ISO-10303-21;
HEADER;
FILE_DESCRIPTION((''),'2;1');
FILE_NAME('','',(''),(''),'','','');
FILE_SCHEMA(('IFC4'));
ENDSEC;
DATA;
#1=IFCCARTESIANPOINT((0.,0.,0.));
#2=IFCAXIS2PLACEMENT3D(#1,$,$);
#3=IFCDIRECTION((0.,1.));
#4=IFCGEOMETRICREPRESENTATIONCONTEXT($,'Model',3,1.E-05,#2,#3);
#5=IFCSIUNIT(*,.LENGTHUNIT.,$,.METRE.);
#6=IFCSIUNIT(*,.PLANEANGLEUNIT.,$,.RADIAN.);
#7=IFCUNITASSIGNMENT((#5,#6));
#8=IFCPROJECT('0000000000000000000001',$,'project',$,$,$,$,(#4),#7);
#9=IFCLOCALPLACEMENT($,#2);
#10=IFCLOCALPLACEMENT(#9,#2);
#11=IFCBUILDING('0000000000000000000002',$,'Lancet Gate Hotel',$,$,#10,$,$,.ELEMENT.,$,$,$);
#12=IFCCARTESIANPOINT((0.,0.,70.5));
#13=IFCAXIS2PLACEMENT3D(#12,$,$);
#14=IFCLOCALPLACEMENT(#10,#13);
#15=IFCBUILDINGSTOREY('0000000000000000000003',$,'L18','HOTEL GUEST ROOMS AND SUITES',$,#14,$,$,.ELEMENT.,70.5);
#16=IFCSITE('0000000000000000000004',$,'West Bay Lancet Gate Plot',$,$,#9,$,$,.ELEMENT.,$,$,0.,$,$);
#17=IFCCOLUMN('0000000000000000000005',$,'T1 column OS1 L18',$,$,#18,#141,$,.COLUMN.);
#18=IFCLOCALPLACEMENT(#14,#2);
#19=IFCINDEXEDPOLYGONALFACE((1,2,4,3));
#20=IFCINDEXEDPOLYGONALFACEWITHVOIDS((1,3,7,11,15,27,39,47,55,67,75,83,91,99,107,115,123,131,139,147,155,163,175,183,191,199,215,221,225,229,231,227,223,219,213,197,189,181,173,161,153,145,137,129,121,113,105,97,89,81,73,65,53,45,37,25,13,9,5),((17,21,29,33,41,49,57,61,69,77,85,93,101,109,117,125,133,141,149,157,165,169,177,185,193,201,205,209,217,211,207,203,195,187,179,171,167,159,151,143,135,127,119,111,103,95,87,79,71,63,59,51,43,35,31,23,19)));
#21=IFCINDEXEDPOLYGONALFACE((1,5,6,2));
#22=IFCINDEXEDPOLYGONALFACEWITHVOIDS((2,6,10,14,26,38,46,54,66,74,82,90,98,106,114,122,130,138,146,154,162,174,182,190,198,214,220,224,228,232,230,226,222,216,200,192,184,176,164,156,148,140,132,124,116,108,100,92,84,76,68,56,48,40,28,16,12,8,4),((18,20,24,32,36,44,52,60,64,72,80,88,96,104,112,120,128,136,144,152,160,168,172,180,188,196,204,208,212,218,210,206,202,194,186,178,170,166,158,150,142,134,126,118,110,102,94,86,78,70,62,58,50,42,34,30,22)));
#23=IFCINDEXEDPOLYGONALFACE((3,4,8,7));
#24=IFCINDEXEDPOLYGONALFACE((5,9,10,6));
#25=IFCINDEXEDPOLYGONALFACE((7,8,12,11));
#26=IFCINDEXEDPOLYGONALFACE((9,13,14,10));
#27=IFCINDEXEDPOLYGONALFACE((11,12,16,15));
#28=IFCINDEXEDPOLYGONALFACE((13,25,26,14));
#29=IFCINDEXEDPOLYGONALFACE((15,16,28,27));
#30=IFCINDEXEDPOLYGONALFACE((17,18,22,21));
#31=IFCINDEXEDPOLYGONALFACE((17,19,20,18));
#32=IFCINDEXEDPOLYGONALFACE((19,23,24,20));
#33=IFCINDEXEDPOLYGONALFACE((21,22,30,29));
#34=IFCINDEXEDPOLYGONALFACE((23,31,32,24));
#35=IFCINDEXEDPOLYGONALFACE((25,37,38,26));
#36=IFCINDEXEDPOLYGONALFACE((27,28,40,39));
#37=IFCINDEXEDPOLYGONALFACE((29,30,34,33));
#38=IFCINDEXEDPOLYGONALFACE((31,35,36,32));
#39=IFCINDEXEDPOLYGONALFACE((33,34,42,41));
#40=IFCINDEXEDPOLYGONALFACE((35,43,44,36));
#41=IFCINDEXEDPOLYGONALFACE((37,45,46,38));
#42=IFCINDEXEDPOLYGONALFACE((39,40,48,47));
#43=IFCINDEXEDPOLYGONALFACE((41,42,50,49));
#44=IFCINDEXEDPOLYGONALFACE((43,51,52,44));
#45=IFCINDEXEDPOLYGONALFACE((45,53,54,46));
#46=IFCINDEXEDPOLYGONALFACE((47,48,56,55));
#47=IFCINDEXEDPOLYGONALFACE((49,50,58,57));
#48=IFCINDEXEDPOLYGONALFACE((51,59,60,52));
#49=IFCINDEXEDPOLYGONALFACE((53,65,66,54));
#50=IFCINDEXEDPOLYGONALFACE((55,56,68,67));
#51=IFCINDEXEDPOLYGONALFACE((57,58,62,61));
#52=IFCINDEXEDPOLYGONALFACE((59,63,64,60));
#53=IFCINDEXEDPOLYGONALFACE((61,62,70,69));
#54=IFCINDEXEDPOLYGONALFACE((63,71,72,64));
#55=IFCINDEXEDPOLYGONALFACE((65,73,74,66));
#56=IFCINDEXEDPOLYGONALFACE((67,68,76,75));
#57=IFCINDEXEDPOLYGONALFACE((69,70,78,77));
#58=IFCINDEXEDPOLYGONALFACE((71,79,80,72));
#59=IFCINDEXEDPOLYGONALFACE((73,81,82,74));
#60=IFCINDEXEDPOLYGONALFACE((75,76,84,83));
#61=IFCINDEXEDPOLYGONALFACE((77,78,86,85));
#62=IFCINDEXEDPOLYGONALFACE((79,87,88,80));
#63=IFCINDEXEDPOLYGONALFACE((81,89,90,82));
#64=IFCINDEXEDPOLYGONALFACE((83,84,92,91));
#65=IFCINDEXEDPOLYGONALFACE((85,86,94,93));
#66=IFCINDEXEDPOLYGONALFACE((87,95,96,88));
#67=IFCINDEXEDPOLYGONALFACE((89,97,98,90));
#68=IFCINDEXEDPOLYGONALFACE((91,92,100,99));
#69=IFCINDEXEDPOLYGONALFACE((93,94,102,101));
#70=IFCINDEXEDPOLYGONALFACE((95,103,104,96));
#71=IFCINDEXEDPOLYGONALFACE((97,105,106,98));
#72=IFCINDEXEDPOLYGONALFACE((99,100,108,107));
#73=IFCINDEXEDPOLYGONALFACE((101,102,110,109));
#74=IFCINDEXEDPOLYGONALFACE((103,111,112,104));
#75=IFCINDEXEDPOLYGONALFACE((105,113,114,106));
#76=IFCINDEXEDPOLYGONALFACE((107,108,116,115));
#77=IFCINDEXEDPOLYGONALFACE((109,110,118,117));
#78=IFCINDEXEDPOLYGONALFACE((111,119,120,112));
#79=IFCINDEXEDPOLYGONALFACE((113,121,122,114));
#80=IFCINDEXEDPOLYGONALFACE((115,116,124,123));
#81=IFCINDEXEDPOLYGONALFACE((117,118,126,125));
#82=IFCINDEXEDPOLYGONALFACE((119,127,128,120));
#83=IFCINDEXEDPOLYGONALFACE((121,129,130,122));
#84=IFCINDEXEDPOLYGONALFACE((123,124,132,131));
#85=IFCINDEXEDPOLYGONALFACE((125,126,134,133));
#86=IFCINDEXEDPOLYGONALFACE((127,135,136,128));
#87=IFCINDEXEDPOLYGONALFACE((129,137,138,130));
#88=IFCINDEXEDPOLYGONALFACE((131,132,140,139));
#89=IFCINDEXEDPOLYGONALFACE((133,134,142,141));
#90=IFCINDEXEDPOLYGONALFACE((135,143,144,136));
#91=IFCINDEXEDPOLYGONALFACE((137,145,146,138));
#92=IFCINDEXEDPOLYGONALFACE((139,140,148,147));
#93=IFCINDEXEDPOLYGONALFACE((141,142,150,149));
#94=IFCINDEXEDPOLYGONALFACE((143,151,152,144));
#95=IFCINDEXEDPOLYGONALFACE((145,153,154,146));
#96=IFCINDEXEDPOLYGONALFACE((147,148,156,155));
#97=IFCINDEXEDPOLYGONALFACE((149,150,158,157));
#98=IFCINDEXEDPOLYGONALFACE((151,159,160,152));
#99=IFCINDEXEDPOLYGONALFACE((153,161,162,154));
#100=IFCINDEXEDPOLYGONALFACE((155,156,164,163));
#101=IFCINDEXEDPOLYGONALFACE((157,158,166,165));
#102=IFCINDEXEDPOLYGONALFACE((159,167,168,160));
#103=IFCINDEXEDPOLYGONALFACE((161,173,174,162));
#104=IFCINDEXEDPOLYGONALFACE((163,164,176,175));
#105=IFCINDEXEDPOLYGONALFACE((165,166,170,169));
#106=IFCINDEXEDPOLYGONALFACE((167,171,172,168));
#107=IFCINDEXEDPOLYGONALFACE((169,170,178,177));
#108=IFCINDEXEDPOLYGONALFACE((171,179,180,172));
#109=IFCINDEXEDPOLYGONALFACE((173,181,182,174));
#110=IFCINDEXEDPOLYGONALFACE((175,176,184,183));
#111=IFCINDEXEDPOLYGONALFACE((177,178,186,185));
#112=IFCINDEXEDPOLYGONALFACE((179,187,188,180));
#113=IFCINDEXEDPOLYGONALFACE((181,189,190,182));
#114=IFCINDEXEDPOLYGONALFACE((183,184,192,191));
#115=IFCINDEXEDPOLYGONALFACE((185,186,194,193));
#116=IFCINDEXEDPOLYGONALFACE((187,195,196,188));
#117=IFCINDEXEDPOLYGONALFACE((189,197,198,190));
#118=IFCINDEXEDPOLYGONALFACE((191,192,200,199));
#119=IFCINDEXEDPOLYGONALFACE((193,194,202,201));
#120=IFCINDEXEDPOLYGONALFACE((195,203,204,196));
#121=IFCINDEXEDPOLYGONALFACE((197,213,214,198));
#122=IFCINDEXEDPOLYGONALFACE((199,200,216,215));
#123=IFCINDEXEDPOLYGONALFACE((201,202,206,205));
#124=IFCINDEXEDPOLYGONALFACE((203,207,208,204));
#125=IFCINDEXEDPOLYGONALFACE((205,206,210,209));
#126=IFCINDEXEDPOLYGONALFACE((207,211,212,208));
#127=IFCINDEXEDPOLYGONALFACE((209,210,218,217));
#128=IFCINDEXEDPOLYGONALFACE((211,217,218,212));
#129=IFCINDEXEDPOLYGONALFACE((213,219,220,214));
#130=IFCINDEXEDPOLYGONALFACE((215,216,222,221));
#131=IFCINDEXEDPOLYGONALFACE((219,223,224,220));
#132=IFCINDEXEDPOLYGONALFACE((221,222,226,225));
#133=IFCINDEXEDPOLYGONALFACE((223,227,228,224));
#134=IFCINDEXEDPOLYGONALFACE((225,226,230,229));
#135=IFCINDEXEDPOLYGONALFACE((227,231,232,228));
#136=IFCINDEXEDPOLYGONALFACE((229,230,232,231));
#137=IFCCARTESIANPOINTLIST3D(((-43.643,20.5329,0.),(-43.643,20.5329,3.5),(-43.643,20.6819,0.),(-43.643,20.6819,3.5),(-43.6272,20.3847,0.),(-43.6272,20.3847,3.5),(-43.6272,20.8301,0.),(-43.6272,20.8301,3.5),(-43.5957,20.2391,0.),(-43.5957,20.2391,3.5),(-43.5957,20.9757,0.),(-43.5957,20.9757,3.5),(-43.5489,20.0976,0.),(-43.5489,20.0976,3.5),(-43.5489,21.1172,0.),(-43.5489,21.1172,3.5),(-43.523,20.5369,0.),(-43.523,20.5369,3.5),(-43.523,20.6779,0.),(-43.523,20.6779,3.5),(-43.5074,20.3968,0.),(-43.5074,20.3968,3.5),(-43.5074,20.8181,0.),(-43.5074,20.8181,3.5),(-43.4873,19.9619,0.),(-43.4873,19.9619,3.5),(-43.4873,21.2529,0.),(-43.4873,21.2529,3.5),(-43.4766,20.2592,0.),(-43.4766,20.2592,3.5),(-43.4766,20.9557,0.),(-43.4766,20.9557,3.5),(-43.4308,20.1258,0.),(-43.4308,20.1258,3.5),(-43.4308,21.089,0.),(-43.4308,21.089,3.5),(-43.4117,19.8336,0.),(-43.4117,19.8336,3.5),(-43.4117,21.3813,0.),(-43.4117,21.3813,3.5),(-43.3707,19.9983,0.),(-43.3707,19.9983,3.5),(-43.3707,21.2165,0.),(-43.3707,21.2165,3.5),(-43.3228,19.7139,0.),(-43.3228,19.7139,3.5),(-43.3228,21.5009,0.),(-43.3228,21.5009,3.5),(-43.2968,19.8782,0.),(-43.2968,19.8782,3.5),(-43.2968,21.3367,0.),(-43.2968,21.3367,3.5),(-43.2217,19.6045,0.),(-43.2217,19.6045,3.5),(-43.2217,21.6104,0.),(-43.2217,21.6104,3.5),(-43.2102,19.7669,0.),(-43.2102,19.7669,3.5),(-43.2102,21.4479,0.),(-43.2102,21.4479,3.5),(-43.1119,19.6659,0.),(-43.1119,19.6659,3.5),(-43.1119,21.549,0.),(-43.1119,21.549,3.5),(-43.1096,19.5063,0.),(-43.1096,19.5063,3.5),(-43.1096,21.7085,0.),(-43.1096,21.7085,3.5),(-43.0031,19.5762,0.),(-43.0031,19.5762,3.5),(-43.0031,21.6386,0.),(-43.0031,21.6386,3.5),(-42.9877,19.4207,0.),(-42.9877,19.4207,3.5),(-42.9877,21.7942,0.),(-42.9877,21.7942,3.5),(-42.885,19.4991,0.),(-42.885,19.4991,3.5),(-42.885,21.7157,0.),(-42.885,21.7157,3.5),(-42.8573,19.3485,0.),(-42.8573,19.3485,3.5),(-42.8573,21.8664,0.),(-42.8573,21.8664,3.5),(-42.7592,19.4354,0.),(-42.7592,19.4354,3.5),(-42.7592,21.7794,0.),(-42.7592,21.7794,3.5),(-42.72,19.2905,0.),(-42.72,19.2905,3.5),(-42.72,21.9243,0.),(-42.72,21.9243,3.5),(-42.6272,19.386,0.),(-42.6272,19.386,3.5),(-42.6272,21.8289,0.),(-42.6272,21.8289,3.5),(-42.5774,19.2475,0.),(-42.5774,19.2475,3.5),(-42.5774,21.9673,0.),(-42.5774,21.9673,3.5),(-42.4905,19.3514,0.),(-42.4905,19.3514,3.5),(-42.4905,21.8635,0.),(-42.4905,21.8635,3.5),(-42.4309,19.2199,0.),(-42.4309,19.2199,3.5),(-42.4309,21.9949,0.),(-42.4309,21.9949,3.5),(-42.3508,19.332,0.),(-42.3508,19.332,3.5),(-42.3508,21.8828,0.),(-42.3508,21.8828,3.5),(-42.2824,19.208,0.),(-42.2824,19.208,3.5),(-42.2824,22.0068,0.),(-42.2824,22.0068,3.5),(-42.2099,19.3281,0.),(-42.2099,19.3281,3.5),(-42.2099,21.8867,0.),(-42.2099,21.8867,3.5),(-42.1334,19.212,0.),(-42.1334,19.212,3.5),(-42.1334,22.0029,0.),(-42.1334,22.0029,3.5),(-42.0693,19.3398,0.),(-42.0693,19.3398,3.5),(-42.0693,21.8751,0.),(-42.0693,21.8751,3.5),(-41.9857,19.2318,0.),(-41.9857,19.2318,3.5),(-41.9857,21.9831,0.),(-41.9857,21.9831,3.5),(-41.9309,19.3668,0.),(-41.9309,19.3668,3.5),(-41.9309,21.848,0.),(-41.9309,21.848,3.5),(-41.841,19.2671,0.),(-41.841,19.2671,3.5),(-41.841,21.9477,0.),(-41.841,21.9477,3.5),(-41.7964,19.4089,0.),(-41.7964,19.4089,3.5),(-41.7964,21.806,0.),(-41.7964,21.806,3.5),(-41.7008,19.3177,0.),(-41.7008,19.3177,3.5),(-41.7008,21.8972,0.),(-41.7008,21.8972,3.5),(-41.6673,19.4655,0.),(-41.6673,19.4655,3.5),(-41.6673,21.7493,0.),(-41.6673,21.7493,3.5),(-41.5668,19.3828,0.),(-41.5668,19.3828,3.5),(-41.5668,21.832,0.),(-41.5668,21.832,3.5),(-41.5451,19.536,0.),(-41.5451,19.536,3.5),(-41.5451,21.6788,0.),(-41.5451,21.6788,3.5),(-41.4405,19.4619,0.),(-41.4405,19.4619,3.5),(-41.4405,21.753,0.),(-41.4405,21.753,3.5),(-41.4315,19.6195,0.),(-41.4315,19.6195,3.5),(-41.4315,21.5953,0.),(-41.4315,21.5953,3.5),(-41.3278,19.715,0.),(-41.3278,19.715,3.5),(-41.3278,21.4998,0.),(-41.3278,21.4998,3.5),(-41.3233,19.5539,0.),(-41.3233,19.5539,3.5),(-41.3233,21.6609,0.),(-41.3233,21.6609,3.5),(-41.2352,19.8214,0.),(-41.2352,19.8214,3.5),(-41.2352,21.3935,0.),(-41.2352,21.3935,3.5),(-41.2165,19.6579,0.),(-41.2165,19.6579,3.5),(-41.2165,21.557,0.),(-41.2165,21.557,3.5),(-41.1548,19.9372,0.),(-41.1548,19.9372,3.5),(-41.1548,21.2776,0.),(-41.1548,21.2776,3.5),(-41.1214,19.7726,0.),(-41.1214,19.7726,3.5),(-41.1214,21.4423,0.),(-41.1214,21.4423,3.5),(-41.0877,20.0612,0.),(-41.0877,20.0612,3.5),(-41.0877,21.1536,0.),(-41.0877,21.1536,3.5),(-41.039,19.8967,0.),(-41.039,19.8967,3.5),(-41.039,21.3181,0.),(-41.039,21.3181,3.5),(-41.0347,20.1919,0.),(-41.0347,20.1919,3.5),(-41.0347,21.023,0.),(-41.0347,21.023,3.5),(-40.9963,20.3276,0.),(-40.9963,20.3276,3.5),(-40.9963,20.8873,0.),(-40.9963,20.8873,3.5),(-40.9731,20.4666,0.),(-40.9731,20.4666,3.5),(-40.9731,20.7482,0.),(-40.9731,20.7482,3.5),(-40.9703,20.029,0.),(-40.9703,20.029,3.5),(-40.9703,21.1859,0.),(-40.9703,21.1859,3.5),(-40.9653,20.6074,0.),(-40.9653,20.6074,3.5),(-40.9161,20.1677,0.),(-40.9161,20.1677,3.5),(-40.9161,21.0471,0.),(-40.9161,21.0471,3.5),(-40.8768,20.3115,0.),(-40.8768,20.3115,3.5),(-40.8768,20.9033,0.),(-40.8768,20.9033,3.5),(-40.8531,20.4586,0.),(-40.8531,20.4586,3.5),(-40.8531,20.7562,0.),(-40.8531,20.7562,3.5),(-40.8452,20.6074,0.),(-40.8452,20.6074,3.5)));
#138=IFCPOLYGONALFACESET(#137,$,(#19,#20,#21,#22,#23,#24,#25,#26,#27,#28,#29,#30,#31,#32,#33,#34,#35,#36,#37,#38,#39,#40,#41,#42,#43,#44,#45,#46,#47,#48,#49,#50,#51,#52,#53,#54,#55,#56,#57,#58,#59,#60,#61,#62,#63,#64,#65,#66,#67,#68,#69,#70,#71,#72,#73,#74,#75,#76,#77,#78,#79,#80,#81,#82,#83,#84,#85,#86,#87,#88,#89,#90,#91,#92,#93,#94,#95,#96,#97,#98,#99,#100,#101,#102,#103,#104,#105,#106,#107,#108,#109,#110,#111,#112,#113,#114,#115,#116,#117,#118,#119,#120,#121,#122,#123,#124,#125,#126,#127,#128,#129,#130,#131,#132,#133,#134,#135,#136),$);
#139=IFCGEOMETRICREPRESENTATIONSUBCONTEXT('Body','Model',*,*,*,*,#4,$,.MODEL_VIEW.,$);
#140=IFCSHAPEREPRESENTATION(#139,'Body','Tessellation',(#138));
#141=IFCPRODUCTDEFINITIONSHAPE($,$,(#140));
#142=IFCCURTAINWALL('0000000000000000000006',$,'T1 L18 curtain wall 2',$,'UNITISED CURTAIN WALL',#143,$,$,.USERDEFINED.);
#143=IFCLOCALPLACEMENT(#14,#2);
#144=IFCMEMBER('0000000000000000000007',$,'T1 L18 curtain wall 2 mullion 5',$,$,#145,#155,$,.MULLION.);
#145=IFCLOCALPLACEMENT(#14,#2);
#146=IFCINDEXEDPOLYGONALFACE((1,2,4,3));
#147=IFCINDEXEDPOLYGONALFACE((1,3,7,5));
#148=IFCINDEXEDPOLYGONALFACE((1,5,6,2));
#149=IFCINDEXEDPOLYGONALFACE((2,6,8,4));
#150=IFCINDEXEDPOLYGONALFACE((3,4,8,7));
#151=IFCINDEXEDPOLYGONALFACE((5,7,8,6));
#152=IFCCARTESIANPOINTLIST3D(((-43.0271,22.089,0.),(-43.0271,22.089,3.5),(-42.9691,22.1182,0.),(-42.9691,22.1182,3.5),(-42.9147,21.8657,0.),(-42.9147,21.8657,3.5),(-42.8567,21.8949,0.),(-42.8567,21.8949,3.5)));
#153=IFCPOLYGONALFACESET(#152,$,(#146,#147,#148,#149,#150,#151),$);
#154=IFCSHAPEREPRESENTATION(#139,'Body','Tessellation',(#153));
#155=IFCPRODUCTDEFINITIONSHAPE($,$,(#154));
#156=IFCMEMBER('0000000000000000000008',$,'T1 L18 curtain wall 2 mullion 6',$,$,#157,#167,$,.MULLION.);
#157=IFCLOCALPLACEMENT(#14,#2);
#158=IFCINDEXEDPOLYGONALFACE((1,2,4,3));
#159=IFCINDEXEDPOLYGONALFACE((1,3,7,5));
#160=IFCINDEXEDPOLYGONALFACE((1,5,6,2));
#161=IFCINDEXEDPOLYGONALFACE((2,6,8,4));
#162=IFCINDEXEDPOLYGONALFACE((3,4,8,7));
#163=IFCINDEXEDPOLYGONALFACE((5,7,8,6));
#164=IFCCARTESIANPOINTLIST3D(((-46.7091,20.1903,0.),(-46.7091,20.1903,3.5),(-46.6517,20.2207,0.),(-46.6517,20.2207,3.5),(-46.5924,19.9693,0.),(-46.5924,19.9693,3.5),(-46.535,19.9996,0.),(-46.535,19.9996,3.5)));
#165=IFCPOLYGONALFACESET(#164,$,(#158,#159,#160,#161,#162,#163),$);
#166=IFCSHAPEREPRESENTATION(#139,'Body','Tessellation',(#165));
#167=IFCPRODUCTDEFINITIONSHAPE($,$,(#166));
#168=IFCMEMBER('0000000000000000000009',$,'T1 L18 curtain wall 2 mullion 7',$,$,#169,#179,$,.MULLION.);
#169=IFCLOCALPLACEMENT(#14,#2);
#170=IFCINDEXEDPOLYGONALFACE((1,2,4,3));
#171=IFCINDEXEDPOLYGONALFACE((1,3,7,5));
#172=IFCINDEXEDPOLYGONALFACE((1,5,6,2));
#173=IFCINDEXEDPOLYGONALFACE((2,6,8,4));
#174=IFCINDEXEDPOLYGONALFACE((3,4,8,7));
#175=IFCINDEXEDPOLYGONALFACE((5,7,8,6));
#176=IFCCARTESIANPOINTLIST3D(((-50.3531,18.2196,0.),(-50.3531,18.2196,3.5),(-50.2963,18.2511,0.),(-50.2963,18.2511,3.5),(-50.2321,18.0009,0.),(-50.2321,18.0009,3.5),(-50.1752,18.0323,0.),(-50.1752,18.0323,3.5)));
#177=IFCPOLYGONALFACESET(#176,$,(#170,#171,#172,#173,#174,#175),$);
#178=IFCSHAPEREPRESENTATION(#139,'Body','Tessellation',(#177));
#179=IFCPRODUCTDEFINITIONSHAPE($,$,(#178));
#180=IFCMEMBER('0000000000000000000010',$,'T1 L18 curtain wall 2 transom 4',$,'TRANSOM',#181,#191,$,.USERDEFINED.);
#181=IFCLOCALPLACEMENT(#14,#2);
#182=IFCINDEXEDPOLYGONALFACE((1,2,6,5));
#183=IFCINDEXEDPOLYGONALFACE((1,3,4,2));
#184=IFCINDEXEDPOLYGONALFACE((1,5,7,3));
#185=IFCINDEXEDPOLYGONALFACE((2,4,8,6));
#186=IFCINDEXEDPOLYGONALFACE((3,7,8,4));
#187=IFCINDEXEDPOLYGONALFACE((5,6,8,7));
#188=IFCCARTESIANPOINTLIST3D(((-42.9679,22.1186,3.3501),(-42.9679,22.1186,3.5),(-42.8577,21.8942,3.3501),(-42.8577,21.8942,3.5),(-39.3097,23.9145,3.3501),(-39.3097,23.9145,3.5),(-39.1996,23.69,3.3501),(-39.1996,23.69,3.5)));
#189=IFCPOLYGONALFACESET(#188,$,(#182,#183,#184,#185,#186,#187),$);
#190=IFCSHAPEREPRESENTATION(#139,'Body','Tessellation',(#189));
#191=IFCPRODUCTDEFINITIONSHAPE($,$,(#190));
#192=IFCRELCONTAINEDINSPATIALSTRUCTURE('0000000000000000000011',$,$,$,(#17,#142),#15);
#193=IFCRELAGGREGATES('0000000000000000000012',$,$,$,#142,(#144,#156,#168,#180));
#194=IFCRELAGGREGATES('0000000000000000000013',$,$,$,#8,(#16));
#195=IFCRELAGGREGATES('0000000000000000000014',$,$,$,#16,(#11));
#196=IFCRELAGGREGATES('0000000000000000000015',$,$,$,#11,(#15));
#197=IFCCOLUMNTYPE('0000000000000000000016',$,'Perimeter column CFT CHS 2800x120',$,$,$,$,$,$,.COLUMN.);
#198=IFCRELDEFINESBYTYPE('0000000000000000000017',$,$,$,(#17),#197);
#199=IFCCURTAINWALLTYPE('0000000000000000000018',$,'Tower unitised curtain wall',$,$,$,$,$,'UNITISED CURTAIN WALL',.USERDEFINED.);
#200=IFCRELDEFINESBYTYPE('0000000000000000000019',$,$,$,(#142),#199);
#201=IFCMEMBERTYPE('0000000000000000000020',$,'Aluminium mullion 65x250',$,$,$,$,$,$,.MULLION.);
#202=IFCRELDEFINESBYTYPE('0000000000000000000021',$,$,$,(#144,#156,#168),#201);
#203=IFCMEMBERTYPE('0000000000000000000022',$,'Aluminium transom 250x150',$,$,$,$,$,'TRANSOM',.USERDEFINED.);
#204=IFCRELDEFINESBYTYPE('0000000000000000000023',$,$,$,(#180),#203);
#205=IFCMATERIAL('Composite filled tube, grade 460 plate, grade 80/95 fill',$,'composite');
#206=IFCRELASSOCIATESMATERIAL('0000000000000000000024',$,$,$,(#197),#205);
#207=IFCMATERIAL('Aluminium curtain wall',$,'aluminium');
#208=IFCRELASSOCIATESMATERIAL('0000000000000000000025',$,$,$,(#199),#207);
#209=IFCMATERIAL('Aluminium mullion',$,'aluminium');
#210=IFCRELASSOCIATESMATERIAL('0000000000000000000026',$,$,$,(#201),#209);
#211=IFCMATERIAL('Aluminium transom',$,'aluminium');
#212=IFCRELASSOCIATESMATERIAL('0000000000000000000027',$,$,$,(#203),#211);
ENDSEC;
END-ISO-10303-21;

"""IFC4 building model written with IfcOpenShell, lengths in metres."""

from ifc_helpers import new_model, si_unit, direction, frame, origin, origin_2d, place, context, subcontext, project, spatial, rectangle, hollow_circle, extrude, material, material_profile, profile_set, type_object, element, aggregate, save


model = new_model("IFC4")

# Units and contexts
model_context = context("Model", 3, precision=1e-05, world=origin(), true_north=direction((0.0, 1.0)))
body_context = subcontext(model_context, "Body", "Model", "MODEL_VIEW")
ifc_project = project(units=[si_unit("LENGTHUNIT", "METRE"), si_unit("PLANEANGLEUNIT", "RADIAN")], contexts=[model_context])

# Site, building, storey
site_placement = place(None, origin())
site = spatial("IfcSite", under=ifc_project, at=site_placement, Name="West Bay Lancet Gate Plot", CompositionType="ELEMENT", RefElevation=0.0)
building_placement = place(site_placement, origin())
building = spatial("IfcBuilding", under=site, at=building_placement, Name="Lancet Gate Hotel", CompositionType="ELEMENT")
storey_placement = place(building_placement, frame((0.0, 0.0, 70.5)))
storey = spatial("IfcBuildingStorey", under=building, at=storey_placement, Name="L18", Description="HOTEL GUEST ROOMS AND SUITES", CompositionType="ELEMENT", Elevation=70.5)

# Column
ifc_material_1 = material(Name="Composite filled tube, grade 460 plate, grade 80/95 fill", Category="composite")
ifc_material_profile_1 = material_profile(ifc_material_1, hollow_circle(Radius=1.3999, WallThickness=0.1201, at=origin_2d()), Name="CHS 2800x120")
ifc_profile_set_1 = profile_set([ifc_material_profile_1], Name="Composite filled tube, grade 460 plate, grade 80/95 fill")
column_type = type_object("IfcColumnType", Name="Perimeter column CFT CHS 2800x120", PredefinedType="COLUMN", material=ifc_profile_set_1)
column_placement = place(storey_placement, frame((-42.2451, 20.6074, 0.0), z_axis=(0.0, 0.0, 1.0), x_axis=(1.0, 0.0, 0.0)))
element("IfcColumn", 1, at=column_placement, inside=storey, type_object=column_type, Name="T1 column OS1 L18", PredefinedType="COLUMN", context=body_context, shape_type="SweptSolid", body=[
    extrude(hollow_circle(Radius=1.3999, WallThickness=0.1201, at=origin_2d()), origin(), (0.0, 0.0, 1.0), 3.5),
])

# Curtain wall, members
ifc_material_2 = material(Name="Aluminium curtain wall", Category="aluminium")
curtain_wall_type = type_object("IfcCurtainWallType", Name="Tower unitised curtain wall", ElementType="UNITISED CURTAIN WALL", PredefinedType="USERDEFINED", material=ifc_material_2)
curtain_wall_placement = place(storey_placement, origin())
curtain_wall = element("IfcCurtainWall", 2, at=curtain_wall_placement, inside=storey, type_object=curtain_wall_type, Name="T1 L18 curtain wall 2", ObjectType="UNITISED CURTAIN WALL", PredefinedType="USERDEFINED")
ifc_material_3 = material(Name="Aluminium mullion", Category="aluminium")
ifc_material_profile_2 = material_profile(ifc_material_3, rectangle(XDim=0.0649, YDim=0.25, at=origin_2d()), Name="MULLION 65x250")
ifc_profile_set_2 = profile_set([ifc_material_profile_2], Name="Aluminium mullion")
member_type_1 = type_object("IfcMemberType", Name="Aluminium mullion 65x250", PredefinedType="MULLION", material=ifc_profile_set_2)
member_1_placement = place(storey_placement, frame((-42.9419, 21.9919, 0.0), z_axis=(0.0, 0.0, 1.0), x_axis=(-0.893292, -0.449478, 0.0)))
member_1 = element("IfcMember", 3, at=member_1_placement, type_object=member_type_1, Name="T1 L18 curtain wall 2 mullion 5", PredefinedType="MULLION", context=body_context, shape_type="SweptSolid", body=[
    extrude(rectangle(XDim=0.0649, YDim=0.25, at=origin_2d()), origin(), (0.0, 0.0, 1.0), 3.5),
])
member_2_placement = place(storey_placement, frame((-46.6221, 20.095, 0.0), z_axis=(0.0, 0.0, 1.0), x_axis=(-0.884311, -0.466898, 0.0)))
member_2 = element("IfcMember", 4, at=member_2_placement, type_object=member_type_1, Name="T1 L18 curtain wall 2 mullion 6", PredefinedType="MULLION", context=body_context, shape_type="SweptSolid", body=[
    extrude(rectangle(XDim=0.0649, YDim=0.25, at=origin_2d()), origin(), (0.0, 0.0, 1.0), 3.5),
])
member_3_placement = place(storey_placement, frame((-50.2642, 18.126, 0.0), z_axis=(0.0, 0.0, 1.0), x_axis=(-0.874991, -0.484139, 0.0)))
member_3 = element("IfcMember", 5, at=member_3_placement, type_object=member_type_1, Name="T1 L18 curtain wall 2 mullion 7", PredefinedType="MULLION", context=body_context, shape_type="SweptSolid", body=[
    extrude(rectangle(XDim=0.0649, YDim=0.25, at=origin_2d()), origin(), (0.0, 0.0, 1.0), 3.5),
])
ifc_material_4 = material(Name="Aluminium transom", Category="aluminium")
ifc_material_profile_3 = material_profile(ifc_material_4, rectangle(XDim=0.25, YDim=0.1499, at=origin_2d()), Name="TRANSOM 250x150")
ifc_profile_set_3 = profile_set([ifc_material_profile_3], Name="Aluminium transom")
member_type_2 = type_object("IfcMemberType", Name="Aluminium transom 250x150", ElementType="TRANSOM", PredefinedType="USERDEFINED", material=ifc_profile_set_3)
member_4_placement = place(storey_placement, frame((-39.2546, 23.8022, 3.425), z_axis=(-0.897662, -0.440684, 0.0), x_axis=(0.440684, -0.897662, 0.0)))
member_4 = element("IfcMember", 6, at=member_4_placement, type_object=member_type_2, Name="T1 L18 curtain wall 2 transom 4", ObjectType="TRANSOM", PredefinedType="USERDEFINED", context=body_context, shape_type="SweptSolid", body=[
    extrude(rectangle(XDim=0.25, YDim=0.1499, at=origin_2d()), origin(), (0.0, 0.0, 1.0), 4.0752),
])

aggregate(curtain_wall, [member_1, member_2, member_3, member_4])

save(model, "model.ifc")
